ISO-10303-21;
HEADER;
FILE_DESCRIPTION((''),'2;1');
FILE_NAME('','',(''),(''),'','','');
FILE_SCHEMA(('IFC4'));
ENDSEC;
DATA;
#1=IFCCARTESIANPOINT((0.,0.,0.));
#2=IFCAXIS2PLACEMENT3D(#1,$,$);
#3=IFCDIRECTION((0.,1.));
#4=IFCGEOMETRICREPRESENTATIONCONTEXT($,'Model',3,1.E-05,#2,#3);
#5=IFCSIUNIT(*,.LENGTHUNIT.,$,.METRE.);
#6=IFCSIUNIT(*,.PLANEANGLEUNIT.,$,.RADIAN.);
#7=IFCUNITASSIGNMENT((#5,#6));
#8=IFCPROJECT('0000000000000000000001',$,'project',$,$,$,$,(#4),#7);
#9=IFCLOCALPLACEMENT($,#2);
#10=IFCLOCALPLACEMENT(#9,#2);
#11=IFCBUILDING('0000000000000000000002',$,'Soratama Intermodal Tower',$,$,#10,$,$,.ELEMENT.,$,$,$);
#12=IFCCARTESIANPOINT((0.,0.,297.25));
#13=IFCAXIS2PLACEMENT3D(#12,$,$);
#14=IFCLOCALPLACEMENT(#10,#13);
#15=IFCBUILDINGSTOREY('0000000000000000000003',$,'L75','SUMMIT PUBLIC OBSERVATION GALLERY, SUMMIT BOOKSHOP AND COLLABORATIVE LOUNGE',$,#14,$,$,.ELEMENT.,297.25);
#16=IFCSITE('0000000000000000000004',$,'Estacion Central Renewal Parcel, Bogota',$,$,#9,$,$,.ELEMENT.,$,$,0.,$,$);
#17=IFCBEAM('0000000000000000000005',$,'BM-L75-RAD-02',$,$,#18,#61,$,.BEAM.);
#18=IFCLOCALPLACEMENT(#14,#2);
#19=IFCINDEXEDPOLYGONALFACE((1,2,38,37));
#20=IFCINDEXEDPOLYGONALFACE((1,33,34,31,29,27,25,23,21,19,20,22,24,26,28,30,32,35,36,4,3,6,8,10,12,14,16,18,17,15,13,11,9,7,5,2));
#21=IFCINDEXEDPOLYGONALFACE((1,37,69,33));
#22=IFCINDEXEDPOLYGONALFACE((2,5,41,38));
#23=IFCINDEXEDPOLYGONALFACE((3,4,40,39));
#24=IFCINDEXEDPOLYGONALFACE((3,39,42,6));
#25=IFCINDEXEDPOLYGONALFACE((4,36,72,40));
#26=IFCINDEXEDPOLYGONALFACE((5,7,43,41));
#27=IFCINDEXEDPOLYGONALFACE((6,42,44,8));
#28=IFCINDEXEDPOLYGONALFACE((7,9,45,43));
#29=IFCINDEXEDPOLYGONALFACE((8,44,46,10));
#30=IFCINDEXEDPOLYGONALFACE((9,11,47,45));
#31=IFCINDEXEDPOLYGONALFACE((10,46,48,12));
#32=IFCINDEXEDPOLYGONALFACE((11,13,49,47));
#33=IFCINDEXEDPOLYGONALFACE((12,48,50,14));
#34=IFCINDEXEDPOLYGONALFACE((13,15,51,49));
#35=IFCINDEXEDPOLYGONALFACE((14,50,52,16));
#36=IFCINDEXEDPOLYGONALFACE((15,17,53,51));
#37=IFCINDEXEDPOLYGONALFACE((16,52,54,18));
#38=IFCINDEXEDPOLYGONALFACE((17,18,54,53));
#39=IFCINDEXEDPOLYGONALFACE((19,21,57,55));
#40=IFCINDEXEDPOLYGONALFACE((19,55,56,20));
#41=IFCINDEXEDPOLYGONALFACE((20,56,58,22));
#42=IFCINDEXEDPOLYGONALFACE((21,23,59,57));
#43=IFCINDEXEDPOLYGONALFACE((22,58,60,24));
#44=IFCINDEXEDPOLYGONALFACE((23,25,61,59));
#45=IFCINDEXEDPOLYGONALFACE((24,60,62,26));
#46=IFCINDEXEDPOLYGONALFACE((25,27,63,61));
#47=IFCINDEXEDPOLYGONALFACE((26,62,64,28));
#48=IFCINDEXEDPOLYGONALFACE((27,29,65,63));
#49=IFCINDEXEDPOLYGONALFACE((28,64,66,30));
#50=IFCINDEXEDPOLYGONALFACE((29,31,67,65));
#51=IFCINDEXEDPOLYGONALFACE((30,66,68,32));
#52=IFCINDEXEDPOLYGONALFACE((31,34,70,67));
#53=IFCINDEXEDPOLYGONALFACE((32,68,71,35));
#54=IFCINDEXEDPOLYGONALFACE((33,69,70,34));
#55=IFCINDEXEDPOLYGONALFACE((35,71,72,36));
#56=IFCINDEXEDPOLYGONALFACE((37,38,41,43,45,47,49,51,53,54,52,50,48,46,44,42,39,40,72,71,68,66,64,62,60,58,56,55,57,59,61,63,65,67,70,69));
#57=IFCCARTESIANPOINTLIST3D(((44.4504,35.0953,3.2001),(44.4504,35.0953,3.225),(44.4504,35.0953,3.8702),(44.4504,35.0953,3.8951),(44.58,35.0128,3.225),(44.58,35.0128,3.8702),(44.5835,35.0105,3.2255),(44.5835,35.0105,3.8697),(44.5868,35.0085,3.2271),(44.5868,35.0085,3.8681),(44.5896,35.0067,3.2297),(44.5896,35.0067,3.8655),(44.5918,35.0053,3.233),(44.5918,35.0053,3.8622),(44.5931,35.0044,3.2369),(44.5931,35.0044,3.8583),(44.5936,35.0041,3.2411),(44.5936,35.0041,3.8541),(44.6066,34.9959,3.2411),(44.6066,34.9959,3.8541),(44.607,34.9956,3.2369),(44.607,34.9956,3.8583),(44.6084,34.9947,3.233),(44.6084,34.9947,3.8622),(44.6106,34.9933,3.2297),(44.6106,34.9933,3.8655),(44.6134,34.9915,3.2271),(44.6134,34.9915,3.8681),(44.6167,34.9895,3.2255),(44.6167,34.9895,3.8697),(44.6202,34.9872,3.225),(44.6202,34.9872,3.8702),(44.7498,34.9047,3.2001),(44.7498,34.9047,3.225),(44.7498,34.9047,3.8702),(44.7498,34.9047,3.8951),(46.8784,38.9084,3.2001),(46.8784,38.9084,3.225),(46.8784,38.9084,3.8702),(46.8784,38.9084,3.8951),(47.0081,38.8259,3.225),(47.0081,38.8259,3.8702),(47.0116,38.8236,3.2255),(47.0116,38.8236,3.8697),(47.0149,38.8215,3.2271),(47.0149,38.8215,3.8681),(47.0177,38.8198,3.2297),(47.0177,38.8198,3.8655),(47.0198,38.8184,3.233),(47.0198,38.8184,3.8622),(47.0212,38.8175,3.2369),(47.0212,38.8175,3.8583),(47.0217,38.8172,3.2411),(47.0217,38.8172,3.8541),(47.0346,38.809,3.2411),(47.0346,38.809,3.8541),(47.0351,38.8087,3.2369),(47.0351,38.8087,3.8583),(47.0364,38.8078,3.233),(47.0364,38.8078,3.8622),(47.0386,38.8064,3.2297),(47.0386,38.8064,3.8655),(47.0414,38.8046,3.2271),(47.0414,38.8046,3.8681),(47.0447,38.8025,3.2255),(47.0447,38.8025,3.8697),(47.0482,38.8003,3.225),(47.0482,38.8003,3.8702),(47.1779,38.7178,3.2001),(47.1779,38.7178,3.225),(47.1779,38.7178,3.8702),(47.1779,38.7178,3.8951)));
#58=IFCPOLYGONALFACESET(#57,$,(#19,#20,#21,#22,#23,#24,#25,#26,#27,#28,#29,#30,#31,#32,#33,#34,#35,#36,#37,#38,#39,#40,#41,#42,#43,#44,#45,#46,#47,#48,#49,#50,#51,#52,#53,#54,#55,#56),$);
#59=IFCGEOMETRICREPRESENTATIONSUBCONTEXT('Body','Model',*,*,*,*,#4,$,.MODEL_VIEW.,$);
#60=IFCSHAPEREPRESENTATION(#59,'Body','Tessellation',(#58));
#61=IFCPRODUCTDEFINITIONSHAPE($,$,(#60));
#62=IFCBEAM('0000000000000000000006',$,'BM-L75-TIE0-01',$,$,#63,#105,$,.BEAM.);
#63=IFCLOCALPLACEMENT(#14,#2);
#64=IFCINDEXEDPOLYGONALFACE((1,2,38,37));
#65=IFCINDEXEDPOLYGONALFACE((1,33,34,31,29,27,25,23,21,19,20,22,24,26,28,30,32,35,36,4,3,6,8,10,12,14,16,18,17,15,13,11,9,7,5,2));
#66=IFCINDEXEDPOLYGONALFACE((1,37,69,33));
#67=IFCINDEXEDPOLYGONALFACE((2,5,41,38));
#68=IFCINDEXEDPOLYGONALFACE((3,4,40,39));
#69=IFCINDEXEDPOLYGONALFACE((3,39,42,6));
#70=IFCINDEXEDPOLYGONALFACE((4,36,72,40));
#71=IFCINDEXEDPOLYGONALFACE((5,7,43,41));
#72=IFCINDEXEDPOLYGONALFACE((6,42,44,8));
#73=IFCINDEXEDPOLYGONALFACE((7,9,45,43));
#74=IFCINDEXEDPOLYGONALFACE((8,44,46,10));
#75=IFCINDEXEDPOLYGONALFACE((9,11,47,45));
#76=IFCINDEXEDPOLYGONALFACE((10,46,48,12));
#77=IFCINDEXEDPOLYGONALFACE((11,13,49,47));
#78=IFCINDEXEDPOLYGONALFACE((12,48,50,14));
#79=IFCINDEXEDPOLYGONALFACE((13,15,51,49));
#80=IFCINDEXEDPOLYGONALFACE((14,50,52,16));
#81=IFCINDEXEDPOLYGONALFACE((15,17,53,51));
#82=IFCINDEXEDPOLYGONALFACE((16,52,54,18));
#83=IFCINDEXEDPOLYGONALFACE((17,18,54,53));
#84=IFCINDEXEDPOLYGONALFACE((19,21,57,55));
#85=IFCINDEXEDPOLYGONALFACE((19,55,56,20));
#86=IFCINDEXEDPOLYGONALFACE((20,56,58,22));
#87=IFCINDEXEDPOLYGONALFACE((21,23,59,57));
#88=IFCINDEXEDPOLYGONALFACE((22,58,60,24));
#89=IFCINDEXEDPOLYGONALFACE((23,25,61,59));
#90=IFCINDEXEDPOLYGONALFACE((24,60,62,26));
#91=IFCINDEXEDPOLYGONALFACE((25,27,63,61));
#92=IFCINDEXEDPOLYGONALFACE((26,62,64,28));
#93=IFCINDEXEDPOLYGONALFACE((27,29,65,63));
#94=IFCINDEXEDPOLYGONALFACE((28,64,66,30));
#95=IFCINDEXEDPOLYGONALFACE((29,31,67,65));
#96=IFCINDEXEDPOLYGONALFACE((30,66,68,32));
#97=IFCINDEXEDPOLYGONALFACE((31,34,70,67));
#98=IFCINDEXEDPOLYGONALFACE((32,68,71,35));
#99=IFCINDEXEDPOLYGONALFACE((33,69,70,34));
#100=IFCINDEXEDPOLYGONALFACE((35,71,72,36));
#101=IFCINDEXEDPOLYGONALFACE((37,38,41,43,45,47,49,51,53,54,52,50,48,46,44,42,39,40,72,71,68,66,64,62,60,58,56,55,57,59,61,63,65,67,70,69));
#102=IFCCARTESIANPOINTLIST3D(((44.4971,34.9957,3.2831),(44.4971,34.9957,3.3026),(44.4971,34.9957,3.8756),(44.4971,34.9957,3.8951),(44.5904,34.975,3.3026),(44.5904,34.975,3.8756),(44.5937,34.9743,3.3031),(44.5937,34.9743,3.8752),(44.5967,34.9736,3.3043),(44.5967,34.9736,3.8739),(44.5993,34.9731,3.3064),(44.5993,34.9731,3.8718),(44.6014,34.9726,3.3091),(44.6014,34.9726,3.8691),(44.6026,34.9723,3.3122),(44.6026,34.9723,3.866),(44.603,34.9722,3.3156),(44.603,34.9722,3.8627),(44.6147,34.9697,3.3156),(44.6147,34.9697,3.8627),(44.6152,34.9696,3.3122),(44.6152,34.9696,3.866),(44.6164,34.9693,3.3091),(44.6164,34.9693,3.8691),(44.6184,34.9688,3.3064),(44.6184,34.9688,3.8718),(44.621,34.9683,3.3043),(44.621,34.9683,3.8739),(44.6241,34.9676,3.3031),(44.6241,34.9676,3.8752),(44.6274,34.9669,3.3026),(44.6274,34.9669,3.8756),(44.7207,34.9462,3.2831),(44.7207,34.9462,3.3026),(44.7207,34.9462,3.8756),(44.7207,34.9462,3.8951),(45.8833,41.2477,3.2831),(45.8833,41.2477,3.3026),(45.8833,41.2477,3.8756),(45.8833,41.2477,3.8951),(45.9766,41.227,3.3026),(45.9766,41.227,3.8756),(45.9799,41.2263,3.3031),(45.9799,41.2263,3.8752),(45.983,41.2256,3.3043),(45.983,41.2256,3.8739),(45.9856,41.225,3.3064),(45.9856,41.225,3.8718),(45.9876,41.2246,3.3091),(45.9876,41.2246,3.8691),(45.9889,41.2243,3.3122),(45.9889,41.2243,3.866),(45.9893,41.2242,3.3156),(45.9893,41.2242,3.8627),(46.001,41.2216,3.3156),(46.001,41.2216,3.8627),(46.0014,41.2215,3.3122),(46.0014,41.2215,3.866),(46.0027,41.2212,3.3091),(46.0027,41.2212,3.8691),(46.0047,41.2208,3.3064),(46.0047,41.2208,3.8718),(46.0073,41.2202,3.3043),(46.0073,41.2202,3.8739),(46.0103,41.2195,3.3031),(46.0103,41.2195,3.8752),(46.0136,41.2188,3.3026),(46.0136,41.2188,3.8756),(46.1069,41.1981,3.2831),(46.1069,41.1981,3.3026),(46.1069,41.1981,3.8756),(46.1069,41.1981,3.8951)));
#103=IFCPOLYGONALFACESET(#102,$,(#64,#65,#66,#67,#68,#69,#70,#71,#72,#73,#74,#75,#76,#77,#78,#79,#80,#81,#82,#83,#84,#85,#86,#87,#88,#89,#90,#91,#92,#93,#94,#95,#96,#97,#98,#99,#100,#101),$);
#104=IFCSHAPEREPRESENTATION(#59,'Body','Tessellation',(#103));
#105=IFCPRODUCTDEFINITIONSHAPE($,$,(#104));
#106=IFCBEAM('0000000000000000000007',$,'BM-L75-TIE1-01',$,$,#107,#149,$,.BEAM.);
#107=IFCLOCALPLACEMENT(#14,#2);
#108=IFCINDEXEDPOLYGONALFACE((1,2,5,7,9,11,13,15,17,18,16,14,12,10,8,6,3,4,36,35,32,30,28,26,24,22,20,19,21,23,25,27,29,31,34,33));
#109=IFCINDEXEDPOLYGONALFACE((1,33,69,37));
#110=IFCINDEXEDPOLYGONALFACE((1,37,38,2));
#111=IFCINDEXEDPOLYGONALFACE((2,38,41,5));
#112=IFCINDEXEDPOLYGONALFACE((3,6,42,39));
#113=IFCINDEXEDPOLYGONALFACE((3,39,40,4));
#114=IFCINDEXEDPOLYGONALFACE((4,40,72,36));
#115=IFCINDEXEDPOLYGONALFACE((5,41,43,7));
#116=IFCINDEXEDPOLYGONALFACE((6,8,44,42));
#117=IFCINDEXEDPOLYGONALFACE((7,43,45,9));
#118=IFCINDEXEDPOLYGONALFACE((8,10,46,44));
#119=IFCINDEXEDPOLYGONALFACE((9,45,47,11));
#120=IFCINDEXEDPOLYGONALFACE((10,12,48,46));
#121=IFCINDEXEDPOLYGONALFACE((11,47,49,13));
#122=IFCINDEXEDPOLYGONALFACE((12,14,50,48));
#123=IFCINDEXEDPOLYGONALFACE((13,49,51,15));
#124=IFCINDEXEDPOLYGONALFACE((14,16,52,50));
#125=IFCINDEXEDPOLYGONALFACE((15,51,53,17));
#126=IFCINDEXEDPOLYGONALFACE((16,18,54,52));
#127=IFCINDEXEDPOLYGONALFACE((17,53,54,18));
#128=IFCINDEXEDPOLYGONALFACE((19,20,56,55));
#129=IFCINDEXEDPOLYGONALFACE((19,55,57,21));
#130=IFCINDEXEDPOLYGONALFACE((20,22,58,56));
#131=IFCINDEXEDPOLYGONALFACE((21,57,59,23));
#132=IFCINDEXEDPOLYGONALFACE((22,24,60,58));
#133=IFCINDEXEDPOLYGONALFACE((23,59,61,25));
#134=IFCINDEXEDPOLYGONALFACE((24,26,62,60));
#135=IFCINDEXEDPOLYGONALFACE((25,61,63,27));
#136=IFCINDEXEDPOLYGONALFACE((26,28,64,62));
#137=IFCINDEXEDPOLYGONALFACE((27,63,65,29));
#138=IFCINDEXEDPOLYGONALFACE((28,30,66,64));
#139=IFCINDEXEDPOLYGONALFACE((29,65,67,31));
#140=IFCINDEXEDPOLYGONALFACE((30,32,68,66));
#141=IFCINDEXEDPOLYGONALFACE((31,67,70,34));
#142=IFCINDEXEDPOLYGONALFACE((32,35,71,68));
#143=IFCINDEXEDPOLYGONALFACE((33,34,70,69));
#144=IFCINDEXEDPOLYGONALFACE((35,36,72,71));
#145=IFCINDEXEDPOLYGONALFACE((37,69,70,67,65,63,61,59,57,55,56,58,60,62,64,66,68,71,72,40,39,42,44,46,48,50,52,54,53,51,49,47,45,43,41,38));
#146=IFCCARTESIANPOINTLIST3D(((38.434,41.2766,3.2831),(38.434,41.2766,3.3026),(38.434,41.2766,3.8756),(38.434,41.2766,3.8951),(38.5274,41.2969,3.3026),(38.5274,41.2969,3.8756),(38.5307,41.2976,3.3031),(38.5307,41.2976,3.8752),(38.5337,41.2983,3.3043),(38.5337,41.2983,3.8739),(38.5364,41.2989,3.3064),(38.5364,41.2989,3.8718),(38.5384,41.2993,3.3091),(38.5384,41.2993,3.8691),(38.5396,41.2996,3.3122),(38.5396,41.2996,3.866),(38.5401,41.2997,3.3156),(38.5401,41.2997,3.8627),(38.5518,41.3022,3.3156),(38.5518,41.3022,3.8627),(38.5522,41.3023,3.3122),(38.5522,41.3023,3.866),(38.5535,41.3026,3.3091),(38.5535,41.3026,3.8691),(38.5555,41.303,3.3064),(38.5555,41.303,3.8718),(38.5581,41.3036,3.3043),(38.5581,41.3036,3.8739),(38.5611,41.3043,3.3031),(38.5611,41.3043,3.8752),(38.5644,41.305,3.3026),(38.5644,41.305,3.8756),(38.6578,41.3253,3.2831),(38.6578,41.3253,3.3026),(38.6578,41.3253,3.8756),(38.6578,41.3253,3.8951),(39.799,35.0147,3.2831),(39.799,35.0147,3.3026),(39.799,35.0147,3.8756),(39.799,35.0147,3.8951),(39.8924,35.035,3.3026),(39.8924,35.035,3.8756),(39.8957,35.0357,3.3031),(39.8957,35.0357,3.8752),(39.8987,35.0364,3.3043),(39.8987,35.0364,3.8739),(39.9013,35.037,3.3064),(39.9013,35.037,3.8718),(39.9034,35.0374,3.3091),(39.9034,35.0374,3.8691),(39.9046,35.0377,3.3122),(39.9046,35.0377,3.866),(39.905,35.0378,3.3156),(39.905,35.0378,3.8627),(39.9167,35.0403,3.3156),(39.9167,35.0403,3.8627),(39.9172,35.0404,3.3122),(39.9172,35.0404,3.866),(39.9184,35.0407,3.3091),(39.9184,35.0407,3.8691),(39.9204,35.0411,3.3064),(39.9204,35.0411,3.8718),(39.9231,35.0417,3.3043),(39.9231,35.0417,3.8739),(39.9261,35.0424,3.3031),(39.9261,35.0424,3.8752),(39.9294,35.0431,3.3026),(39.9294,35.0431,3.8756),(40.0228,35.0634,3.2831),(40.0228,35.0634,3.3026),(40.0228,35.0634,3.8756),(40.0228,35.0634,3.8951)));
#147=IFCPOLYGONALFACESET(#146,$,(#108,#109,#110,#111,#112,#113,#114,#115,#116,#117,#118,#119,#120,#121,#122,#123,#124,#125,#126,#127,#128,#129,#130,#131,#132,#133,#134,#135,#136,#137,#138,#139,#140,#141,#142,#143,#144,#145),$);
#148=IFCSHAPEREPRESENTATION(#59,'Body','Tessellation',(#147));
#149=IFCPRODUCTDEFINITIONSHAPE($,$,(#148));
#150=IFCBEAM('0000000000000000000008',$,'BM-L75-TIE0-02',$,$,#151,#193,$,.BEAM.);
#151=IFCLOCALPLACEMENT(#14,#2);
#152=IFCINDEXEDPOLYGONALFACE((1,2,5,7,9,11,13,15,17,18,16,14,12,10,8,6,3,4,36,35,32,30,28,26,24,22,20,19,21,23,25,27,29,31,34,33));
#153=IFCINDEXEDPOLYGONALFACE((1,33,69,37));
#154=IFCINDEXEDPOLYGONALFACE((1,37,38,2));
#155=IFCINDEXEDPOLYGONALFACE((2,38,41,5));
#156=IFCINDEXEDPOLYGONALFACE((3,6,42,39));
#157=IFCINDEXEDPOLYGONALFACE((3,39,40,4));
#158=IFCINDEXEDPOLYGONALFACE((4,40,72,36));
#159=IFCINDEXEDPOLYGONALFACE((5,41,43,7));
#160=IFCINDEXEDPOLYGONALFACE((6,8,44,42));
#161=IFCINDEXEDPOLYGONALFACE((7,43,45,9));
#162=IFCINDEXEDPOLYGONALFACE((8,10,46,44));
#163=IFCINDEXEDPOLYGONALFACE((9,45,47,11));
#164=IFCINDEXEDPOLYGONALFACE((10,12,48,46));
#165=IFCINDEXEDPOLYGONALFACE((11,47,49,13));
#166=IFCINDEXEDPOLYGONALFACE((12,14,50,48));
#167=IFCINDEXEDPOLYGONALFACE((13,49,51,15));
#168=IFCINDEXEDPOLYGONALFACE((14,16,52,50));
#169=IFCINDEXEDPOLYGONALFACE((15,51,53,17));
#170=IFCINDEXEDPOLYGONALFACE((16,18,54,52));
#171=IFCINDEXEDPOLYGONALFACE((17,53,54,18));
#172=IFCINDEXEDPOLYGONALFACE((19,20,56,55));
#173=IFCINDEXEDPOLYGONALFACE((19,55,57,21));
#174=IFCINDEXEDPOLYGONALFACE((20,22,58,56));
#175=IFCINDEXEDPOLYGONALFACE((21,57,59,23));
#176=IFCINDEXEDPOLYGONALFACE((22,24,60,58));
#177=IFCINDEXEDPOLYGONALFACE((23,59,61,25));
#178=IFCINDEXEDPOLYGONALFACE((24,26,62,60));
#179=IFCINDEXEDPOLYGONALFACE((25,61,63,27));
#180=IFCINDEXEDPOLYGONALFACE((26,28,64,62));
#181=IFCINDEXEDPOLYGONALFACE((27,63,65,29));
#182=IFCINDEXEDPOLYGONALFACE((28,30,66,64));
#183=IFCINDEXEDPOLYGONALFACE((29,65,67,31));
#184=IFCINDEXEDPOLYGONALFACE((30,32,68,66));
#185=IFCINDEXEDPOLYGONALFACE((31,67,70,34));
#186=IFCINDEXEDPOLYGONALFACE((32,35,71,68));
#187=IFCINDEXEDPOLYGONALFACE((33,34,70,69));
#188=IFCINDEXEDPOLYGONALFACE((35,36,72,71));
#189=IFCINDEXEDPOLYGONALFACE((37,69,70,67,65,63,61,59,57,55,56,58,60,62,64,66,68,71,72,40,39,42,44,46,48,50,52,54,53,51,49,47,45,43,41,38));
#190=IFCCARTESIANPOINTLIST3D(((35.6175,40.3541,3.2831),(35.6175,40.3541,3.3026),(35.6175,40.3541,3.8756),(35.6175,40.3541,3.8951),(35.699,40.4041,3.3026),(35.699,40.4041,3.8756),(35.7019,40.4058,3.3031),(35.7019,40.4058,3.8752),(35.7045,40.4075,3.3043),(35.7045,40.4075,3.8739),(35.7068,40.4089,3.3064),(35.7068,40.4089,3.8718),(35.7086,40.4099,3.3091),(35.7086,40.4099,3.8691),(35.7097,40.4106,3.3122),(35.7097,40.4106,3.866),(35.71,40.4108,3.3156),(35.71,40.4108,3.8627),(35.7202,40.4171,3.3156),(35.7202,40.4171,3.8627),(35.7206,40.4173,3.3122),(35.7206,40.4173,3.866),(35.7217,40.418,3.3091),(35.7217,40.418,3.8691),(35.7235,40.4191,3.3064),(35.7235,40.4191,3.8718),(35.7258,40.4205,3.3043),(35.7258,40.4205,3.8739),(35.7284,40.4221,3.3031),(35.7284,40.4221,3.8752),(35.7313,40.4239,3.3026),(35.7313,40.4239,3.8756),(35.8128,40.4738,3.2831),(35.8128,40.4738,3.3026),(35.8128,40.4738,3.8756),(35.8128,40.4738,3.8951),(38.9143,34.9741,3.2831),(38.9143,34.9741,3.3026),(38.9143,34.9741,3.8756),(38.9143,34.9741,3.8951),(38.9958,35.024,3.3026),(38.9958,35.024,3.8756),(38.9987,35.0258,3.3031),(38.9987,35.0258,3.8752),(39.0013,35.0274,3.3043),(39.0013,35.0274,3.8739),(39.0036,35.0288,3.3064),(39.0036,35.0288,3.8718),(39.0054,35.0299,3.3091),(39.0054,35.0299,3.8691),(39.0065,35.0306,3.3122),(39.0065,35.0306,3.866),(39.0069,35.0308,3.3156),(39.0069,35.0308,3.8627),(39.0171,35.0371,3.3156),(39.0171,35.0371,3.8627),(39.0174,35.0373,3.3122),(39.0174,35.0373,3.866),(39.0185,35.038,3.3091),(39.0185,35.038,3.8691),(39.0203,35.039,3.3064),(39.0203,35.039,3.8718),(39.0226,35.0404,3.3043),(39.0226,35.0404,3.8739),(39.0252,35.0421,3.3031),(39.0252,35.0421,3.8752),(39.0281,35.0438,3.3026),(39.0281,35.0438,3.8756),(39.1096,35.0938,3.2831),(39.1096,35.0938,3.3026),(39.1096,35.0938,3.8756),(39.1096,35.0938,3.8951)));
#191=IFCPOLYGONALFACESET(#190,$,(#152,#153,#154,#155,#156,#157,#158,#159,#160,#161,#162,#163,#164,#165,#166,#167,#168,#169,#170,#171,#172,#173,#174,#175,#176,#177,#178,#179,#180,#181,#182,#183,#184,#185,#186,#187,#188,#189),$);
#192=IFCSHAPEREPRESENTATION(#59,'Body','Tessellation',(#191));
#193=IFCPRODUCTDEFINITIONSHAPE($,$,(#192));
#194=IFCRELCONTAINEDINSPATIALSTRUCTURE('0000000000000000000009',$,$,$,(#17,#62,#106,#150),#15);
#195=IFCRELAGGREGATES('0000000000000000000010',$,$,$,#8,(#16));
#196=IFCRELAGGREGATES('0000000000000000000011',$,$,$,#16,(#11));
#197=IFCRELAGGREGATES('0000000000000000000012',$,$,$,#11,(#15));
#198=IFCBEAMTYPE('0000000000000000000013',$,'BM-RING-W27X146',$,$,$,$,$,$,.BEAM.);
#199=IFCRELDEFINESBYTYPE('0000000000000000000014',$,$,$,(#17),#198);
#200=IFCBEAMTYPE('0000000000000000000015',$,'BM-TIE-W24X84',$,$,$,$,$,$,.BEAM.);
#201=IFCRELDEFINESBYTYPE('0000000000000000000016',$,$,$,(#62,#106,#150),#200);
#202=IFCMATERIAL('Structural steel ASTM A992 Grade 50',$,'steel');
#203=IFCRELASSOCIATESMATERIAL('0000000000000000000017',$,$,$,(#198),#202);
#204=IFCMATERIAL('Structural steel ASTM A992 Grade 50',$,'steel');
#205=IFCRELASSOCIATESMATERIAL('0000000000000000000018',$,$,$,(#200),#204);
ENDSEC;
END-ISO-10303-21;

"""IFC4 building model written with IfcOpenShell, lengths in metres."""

from ifc_helpers import new_model, si_unit, direction, frame, origin, origin_2d, place, context, subcontext, project, spatial, i_section, extrude, material, material_profile, profile_set, type_object, element, save


model = new_model("IFC4")

# Units and contexts
model_context = context("Model", 3, precision=1e-05, world=origin(), true_north=direction((0.0, 1.0)))
body_context = subcontext(model_context, "Body", "Model", "MODEL_VIEW")
ifc_project = project(units=[si_unit("LENGTHUNIT", "METRE"), si_unit("PLANEANGLEUNIT", "RADIAN")], contexts=[model_context])

# Site, building, storey
site_placement = place(None, origin())
site = spatial("IfcSite", under=ifc_project, at=site_placement, Name="Estacion Central Renewal Parcel, Bogota", CompositionType="ELEMENT", RefElevation=0.0)
building_placement = place(site_placement, origin())
building = spatial("IfcBuilding", under=site, at=building_placement, Name="Soratama Intermodal Tower", CompositionType="ELEMENT")
storey_placement = place(building_placement, frame((0.0, 0.0, 297.25)))
storey = spatial("IfcBuildingStorey", under=building, at=storey_placement, Name="L75", Description="SUMMIT PUBLIC OBSERVATION GALLERY, SUMMIT BOOKSHOP AND COLLABORATIVE LOUNGE", CompositionType="ELEMENT", Elevation=297.25)

# Beams
ifc_material_1 = material(Name="Structural steel ASTM A992 Grade 50", Category="steel")
ifc_material_profile_1 = material_profile(ifc_material_1, i_section(OverallWidth=0.355, OverallDepth=0.6951, WebThickness=0.0154, FlangeThickness=0.0249, FilletRadius=0.0161, at=origin_2d()), Name="W27X146")
ifc_profile_set_1 = profile_set([ifc_material_profile_1], Name="Structural steel ASTM A992 Grade 50")
beam_type_1 = type_object("IfcBeamType", Name="BM-RING-W27X146", PredefinedType="BEAM", material=ifc_profile_set_1)
beam_1_placement = place(storey_placement, frame((44.6001, 35.0, 3.5476), z_axis=(0.537117, 0.843508, 0.0), x_axis=(-0.843508, 0.537117, 0.0)))
element("IfcBeam", 1, at=beam_1_placement, inside=storey, type_object=beam_type_1, Name="BM-L75-RAD-02", PredefinedType="BEAM", context=body_context, shape_type="SweptSolid", body=[
    extrude(i_section(OverallWidth=0.355, OverallDepth=0.6951, WebThickness=0.0154, FlangeThickness=0.0249, FilletRadius=0.0161, at=origin_2d()), origin(), (0.0, 0.0, 1.0), 4.5205),
])
ifc_material_2 = material(Name="Structural steel ASTM A992 Grade 50", Category="steel")
ifc_material_profile_2 = material_profile(ifc_material_2, i_section(OverallWidth=0.229, OverallDepth=0.6121, WebThickness=0.012, FlangeThickness=0.0195, FilletRadius=0.0129, at=origin_2d()), Name="W24X84")
ifc_profile_set_2 = profile_set([ifc_material_profile_2], Name="Structural steel ASTM A992 Grade 50")
beam_type_2 = type_object("IfcBeamType", Name="BM-TIE-W24X84", PredefinedType="BEAM", material=ifc_profile_set_2)
beam_2_placement = place(storey_placement, frame((44.6089, 34.9709, 3.5891), z_axis=(0.21647, 0.976289, 0.0), x_axis=(-0.976289, 0.21647, 0.0)))
element("IfcBeam", 2, at=beam_2_placement, inside=storey, type_object=beam_type_2, Name="BM-L75-TIE0-01", PredefinedType="BEAM", context=body_context, shape_type="SweptSolid", body=[
    extrude(i_section(OverallWidth=0.229, OverallDepth=0.6121, WebThickness=0.012, FlangeThickness=0.0195, FilletRadius=0.0129, at=origin_2d()), origin(), (0.0, 0.0, 1.0), 6.4038),
])
beam_3_placement = place(storey_placement, frame((39.9109, 35.0391, 3.5891), z_axis=(-0.21298, 0.977057, 0.0), x_axis=(-0.977057, -0.21298, 0.0)))
element("IfcBeam", 3, at=beam_3_placement, inside=storey, type_object=beam_type_2, Name="BM-L75-TIE1-01", PredefinedType="BEAM", context=body_context, shape_type="SweptSolid", body=[
    extrude(i_section(OverallWidth=0.229, OverallDepth=0.6121, WebThickness=0.012, FlangeThickness=0.0195, FilletRadius=0.0129, at=origin_2d()), origin(), (0.0, 0.0, 1.0), 6.4089),
])
beam_4_placement = place(storey_placement, frame((39.012, 35.0339, 3.5891), z_axis=(-0.52249, 0.852645, 0.0), x_axis=(-0.852645, -0.52249, 0.0)))
element("IfcBeam", 4, at=beam_4_placement, inside=storey, type_object=beam_type_2, Name="BM-L75-TIE0-02", PredefinedType="BEAM", context=body_context, shape_type="SweptSolid", body=[
    extrude(i_section(OverallWidth=0.229, OverallDepth=0.6121, WebThickness=0.012, FlangeThickness=0.0195, FilletRadius=0.0129, at=origin_2d()), origin(), (0.0, 0.0, 1.0), 6.3098),
])

save(model, "model.ifc")
